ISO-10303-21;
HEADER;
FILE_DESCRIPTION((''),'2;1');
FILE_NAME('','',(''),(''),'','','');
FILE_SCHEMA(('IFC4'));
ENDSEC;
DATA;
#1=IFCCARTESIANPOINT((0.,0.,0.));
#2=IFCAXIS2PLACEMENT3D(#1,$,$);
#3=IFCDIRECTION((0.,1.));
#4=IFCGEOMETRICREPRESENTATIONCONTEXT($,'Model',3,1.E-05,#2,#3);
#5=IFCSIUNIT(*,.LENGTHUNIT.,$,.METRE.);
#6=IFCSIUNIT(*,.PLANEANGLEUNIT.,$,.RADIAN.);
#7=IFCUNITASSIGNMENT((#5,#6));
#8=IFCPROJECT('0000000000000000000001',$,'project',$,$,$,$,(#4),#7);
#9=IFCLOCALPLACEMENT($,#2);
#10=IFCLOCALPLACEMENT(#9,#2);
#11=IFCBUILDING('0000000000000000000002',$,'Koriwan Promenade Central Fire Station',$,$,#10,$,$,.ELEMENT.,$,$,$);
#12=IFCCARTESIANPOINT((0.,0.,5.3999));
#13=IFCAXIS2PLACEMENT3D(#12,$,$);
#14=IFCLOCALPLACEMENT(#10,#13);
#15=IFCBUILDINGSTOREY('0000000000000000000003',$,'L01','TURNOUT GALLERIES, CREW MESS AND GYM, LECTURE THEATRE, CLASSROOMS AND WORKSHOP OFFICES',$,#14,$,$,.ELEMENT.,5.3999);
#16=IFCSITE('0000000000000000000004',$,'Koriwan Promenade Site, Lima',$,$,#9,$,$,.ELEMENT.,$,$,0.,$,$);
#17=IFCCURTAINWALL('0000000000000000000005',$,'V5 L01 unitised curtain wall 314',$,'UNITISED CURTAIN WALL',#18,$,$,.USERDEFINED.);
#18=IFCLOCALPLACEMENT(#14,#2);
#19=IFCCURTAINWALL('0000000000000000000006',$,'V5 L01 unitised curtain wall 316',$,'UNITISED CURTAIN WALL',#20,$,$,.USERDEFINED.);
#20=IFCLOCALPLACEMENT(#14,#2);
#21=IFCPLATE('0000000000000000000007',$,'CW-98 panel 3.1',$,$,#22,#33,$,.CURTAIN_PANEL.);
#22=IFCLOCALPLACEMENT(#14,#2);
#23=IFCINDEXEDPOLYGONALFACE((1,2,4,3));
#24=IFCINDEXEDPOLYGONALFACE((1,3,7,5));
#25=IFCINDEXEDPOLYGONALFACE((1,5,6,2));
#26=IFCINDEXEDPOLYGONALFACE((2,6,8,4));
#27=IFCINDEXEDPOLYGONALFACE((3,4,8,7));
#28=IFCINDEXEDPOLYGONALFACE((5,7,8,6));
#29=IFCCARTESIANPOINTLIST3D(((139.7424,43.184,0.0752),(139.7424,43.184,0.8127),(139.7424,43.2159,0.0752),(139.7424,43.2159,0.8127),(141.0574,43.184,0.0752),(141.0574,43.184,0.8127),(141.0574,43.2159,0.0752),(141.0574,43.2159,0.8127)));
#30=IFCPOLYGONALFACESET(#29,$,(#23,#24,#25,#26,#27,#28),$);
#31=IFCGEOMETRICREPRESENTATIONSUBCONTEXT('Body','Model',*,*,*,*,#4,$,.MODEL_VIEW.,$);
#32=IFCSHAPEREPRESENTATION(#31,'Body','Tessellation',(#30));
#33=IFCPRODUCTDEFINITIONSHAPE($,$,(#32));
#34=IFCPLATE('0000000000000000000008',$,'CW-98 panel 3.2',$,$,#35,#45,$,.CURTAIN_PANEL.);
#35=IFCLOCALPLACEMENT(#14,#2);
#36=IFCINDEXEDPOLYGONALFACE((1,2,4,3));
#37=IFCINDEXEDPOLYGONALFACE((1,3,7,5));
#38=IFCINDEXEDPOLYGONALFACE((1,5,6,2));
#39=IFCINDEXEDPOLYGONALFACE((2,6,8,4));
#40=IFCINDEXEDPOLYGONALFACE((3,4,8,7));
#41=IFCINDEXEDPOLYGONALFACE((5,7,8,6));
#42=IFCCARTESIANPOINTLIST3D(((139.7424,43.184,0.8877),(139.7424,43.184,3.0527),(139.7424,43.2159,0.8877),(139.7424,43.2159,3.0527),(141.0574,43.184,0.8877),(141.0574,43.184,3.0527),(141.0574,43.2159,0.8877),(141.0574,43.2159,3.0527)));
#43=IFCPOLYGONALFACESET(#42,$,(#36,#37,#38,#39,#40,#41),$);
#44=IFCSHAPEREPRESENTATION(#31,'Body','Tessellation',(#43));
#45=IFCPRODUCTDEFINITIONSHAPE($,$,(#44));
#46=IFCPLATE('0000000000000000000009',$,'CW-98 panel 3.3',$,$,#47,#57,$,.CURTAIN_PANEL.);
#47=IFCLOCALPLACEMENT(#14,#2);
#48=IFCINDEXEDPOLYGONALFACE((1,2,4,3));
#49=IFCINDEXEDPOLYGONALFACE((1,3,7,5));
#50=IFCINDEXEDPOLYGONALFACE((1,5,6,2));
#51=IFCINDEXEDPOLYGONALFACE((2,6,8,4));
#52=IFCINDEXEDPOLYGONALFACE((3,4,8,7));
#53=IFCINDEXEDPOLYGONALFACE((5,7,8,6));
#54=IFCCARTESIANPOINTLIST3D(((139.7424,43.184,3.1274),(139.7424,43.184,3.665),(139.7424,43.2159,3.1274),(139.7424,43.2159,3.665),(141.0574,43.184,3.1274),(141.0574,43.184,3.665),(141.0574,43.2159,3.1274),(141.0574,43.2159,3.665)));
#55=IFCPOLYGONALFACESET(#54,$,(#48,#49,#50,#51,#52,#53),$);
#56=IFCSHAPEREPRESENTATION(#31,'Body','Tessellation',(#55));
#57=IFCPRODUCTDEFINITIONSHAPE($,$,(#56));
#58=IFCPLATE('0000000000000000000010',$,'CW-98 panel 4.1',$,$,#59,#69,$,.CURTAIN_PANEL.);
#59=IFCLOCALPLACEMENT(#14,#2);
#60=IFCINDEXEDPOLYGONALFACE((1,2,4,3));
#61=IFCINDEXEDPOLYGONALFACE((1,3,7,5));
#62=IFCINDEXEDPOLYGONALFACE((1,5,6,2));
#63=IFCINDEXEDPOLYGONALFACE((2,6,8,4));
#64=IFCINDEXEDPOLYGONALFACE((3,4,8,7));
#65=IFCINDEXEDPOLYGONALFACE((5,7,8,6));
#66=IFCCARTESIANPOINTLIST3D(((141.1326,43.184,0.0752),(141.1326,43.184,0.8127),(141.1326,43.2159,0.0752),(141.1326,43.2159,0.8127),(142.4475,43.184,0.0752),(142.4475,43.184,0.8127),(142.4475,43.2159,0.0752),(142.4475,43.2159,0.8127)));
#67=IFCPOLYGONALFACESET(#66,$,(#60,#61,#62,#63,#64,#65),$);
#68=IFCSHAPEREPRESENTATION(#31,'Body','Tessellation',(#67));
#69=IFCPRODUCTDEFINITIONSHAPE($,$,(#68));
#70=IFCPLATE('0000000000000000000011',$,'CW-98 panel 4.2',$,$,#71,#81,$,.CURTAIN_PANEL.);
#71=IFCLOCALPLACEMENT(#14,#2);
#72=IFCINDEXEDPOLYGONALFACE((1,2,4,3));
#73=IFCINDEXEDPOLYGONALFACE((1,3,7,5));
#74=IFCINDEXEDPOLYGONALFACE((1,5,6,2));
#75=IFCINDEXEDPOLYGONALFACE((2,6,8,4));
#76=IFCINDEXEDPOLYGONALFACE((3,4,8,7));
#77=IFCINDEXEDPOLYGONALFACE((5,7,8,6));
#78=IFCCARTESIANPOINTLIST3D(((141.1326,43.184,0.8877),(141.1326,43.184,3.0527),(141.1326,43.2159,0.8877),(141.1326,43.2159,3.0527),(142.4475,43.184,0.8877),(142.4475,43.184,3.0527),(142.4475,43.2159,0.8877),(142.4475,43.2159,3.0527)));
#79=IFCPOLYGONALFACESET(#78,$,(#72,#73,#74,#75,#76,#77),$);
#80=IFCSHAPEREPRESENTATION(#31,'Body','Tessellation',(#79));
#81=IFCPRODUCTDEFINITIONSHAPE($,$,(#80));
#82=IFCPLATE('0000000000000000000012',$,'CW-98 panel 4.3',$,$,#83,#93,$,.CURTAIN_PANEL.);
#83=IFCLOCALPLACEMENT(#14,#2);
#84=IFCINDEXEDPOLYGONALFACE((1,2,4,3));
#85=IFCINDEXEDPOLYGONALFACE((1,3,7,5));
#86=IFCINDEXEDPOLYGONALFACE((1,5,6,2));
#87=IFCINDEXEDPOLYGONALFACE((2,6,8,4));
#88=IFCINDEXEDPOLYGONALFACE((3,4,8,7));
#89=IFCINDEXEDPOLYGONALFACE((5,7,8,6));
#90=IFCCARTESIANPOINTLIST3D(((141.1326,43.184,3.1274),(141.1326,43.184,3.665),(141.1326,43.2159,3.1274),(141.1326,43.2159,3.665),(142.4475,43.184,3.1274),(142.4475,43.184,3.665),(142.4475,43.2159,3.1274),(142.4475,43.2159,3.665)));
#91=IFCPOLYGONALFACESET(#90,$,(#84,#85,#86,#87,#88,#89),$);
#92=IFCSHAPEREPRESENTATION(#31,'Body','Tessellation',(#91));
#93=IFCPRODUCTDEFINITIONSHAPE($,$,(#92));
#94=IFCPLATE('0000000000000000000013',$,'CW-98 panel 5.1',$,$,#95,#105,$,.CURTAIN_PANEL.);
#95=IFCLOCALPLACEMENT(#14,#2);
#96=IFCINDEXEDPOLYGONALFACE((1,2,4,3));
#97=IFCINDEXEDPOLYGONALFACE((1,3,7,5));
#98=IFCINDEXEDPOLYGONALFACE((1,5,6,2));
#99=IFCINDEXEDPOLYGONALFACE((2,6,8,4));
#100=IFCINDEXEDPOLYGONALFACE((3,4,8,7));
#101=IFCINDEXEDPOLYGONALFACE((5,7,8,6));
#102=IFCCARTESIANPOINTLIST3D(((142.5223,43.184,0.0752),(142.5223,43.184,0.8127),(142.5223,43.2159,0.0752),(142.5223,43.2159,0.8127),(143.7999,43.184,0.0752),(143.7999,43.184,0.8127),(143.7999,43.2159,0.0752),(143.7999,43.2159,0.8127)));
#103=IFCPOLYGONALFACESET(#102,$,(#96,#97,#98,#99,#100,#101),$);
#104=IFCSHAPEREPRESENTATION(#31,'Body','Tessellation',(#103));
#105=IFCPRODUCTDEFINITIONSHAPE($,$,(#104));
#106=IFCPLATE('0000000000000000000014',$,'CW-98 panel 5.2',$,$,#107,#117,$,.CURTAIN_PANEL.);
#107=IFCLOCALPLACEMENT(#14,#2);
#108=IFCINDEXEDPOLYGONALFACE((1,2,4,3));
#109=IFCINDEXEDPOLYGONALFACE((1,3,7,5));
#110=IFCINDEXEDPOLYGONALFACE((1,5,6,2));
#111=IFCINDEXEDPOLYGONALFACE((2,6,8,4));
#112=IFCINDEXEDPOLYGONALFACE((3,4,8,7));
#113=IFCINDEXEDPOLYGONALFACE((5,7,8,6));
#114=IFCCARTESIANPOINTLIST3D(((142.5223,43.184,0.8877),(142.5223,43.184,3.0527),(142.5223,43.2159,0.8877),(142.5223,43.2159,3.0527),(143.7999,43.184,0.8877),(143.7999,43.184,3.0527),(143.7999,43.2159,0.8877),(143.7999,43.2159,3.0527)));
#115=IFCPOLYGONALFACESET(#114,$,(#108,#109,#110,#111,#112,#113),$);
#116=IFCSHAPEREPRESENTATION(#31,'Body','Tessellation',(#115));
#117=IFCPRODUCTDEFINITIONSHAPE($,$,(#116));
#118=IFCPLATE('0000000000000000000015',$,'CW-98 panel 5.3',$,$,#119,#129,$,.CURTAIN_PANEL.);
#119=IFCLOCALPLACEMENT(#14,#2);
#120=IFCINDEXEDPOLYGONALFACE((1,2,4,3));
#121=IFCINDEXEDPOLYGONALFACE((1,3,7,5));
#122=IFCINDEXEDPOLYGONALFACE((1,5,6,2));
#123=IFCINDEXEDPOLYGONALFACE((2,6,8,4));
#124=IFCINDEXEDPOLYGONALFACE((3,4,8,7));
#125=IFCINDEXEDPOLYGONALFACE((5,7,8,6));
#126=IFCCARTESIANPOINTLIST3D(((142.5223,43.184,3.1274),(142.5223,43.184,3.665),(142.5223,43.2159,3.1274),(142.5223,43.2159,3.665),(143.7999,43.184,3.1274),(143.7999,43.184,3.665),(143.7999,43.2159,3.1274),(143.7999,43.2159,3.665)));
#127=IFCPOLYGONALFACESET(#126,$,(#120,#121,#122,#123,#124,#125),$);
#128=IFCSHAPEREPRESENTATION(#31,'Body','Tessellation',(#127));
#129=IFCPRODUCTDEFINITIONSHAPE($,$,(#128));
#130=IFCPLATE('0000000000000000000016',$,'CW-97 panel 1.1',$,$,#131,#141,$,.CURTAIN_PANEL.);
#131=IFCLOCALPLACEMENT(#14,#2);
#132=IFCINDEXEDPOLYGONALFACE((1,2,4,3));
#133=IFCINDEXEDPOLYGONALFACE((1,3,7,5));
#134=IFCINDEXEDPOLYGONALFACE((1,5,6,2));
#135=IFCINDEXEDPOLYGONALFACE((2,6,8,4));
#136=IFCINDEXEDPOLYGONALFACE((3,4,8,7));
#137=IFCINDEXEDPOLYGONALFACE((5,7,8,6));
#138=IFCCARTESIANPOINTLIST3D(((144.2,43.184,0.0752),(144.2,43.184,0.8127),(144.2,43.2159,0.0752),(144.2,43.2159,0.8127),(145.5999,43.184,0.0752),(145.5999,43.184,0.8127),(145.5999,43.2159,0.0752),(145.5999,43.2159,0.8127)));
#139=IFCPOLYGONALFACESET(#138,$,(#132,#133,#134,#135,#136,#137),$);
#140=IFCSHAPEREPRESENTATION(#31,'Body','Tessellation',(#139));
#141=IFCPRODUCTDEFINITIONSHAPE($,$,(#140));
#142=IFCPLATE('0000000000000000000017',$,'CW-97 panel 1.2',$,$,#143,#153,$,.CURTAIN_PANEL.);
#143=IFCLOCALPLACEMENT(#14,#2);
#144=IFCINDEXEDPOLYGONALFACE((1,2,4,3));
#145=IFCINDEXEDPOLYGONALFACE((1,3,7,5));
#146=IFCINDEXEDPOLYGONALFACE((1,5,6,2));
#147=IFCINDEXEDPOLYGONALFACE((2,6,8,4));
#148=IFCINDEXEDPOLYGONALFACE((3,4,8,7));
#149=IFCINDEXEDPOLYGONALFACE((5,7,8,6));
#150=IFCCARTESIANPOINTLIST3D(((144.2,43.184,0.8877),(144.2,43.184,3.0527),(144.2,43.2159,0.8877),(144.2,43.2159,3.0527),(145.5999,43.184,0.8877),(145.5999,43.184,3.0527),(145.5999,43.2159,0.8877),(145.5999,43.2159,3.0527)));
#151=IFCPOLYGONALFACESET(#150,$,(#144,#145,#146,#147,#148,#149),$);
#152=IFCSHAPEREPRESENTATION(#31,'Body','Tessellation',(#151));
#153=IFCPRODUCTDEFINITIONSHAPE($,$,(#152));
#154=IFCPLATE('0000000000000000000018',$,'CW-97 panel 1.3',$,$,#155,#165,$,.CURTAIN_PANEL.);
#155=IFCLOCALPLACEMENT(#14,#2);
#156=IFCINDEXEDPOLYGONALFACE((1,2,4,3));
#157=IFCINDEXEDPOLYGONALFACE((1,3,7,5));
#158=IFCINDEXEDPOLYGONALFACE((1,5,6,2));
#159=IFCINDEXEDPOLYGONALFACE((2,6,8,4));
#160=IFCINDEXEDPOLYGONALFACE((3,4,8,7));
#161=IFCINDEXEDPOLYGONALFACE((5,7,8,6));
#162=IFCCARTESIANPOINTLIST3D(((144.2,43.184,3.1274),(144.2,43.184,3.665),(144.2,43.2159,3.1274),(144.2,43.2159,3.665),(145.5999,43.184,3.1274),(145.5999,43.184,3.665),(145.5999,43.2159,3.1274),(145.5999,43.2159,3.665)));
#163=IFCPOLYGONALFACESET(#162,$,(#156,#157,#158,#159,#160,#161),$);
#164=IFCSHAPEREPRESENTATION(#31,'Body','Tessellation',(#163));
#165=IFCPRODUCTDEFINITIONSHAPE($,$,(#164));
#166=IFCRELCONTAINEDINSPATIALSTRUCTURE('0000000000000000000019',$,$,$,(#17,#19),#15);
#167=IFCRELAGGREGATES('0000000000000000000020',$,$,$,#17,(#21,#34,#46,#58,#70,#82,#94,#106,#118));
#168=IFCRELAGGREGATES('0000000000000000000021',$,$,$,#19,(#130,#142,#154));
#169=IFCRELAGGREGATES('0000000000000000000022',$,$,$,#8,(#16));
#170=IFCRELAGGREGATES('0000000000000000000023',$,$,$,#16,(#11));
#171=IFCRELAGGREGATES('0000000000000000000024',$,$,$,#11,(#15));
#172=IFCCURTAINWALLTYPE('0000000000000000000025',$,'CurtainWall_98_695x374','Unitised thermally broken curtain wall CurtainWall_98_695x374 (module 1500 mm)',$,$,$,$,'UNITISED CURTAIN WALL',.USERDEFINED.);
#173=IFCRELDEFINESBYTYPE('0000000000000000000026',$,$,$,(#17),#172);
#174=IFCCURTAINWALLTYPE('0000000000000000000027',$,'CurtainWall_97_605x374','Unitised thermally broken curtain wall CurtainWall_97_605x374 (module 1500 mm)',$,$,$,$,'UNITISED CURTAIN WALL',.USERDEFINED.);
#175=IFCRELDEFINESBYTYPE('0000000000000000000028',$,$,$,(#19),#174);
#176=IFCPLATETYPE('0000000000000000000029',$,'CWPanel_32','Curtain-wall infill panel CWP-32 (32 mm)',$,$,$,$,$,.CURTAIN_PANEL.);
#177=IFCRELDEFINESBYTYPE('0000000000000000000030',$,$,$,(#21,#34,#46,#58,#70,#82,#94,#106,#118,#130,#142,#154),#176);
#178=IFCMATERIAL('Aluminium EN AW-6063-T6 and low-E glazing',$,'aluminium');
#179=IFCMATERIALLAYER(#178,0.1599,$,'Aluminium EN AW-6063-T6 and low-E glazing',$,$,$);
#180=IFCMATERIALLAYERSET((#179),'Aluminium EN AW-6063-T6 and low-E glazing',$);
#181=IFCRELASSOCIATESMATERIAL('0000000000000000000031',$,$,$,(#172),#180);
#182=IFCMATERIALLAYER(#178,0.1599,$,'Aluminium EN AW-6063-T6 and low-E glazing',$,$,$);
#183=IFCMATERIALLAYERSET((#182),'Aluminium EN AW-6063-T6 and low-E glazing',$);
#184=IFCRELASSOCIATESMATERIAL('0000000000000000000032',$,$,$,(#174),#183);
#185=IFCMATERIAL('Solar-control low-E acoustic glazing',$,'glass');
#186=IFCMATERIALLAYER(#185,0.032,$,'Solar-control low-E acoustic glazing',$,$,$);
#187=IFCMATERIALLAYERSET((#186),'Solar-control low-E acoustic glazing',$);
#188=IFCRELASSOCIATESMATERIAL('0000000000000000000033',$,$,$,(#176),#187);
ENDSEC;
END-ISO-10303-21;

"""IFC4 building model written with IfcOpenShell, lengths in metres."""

from ifc_helpers import new_model, si_unit, direction, frame, origin, origin_2d, place, context, subcontext, project, spatial, rectangle, extrude, material, layer, layer_set, type_object, element, aggregate, save


model = new_model("IFC4")

# Units and contexts
model_context = context("Model", 3, precision=1e-05, world=origin(), true_north=direction((0.0, 1.0)))
body_context = subcontext(model_context, "Body", "Model", "MODEL_VIEW")
ifc_project = project(units=[si_unit("LENGTHUNIT", "METRE"), si_unit("PLANEANGLEUNIT", "RADIAN")], contexts=[model_context])

# Site, building, storey
site_placement = place(None, origin())
site = spatial("IfcSite", under=ifc_project, at=site_placement, Name="Koriwan Promenade Site, Lima", CompositionType="ELEMENT", RefElevation=0.0)
building_placement = place(site_placement, origin())
building = spatial("IfcBuilding", under=site, at=building_placement, Name="Koriwan Promenade Central Fire Station", CompositionType="ELEMENT")
storey_placement = place(building_placement, frame((0.0, 0.0, 5.3999)))
storey = spatial("IfcBuildingStorey", under=building, at=storey_placement, Name="L01", Description="TURNOUT GALLERIES, CREW MESS AND GYM, LECTURE THEATRE, CLASSROOMS AND WORKSHOP OFFICES", CompositionType="ELEMENT", Elevation=5.3999)

# Curtain wall
ifc_material_1 = material(Name="Aluminium EN AW-6063-T6 and low-E glazing", Category="aluminium")
ifc_layer_1 = layer(ifc_material_1, 0.1599, Name="Aluminium EN AW-6063-T6 and low-E glazing")
ifc_layer_set_1 = layer_set([ifc_layer_1], Name="Aluminium EN AW-6063-T6 and low-E glazing")
curtain_wall_type_1 = type_object("IfcCurtainWallType", Name="CurtainWall_98_695x374", Description="Unitised thermally broken curtain wall CurtainWall_98_695x374 (module 1500 mm)", ElementType="UNITISED CURTAIN WALL", PredefinedType="USERDEFINED", material=ifc_layer_set_1)
curtain_wall_1_placement = place(storey_placement, origin())
curtain_wall_1 = element("IfcCurtainWall", 1, at=curtain_wall_1_placement, inside=storey, type_object=curtain_wall_type_1, Name="V5 L01 unitised curtain wall 314", ObjectType="UNITISED CURTAIN WALL", PredefinedType="USERDEFINED")

# Curtain wall
ifc_layer_2 = layer(ifc_material_1, 0.1599, Name="Aluminium EN AW-6063-T6 and low-E glazing")
ifc_layer_set_2 = layer_set([ifc_layer_2], Name="Aluminium EN AW-6063-T6 and low-E glazing")
curtain_wall_type_2 = type_object("IfcCurtainWallType", Name="CurtainWall_97_605x374", Description="Unitised thermally broken curtain wall CurtainWall_97_605x374 (module 1500 mm)", ElementType="UNITISED CURTAIN WALL", PredefinedType="USERDEFINED", material=ifc_layer_set_2)
curtain_wall_2_placement = place(storey_placement, origin())
curtain_wall_2 = element("IfcCurtainWall", 2, at=curtain_wall_2_placement, inside=storey, type_object=curtain_wall_type_2, Name="V5 L01 unitised curtain wall 316", ObjectType="UNITISED CURTAIN WALL", PredefinedType="USERDEFINED")

# Plates
ifc_material_2 = material(Name="Solar-control low-E acoustic glazing", Category="glass")
ifc_layer_3 = layer(ifc_material_2, 0.032, Name="Solar-control low-E acoustic glazing")
ifc_layer_set_3 = layer_set([ifc_layer_3], Name="Solar-control low-E acoustic glazing")
plate_type = type_object("IfcPlateType", Name="CWPanel_32", Description="Curtain-wall infill panel CWP-32 (32 mm)", PredefinedType="CURTAIN_PANEL", material=ifc_layer_set_3)
plate_1_placement = place(storey_placement, frame((140.3999, 43.2, 0.0752), z_axis=(0.0, 0.0, 1.0), x_axis=(1.0, 0.0, 0.0)))
plate_1 = element("IfcPlate", 3, at=plate_1_placement, type_object=plate_type, Name="CW-98 panel 3.1", PredefinedType="CURTAIN_PANEL", context=body_context, shape_type="SweptSolid", body=[
    extrude(rectangle(XDim=1.3149, YDim=0.032, at=origin_2d()), origin(), (0.0, 0.0, 1.0), 0.7375),
])
plate_2_placement = place(storey_placement, frame((140.3999, 43.2, 0.8877), z_axis=(0.0, 0.0, 1.0), x_axis=(1.0, 0.0, 0.0)))
plate_2 = element("IfcPlate", 4, at=plate_2_placement, type_object=plate_type, Name="CW-98 panel 3.2", PredefinedType="CURTAIN_PANEL", context=body_context, shape_type="SweptSolid", body=[
    extrude(rectangle(XDim=1.3149, YDim=0.032, at=origin_2d()), origin(), (0.0, 0.0, 1.0), 2.165),
])
plate_3_placement = place(storey_placement, frame((140.3999, 43.2, 3.1274), z_axis=(0.0, 0.0, 1.0), x_axis=(1.0, 0.0, 0.0)))
plate_3 = element("IfcPlate", 5, at=plate_3_placement, type_object=plate_type, Name="CW-98 panel 3.3", PredefinedType="CURTAIN_PANEL", context=body_context, shape_type="SweptSolid", body=[
    extrude(rectangle(XDim=1.3149, YDim=0.032, at=origin_2d()), origin(), (0.0, 0.0, 1.0), 0.5376),
])
plate_4_placement = place(storey_placement, frame((141.79, 43.2, 0.0752), z_axis=(0.0, 0.0, 1.0), x_axis=(1.0, 0.0, 0.0)))
plate_4 = element("IfcPlate", 6, at=plate_4_placement, type_object=plate_type, Name="CW-98 panel 4.1", PredefinedType="CURTAIN_PANEL", context=body_context, shape_type="SweptSolid", body=[
    extrude(rectangle(XDim=1.3149, YDim=0.032, at=origin_2d()), origin(), (0.0, 0.0, 1.0), 0.7375),
])
plate_5_placement = place(storey_placement, frame((141.79, 43.2, 0.8877), z_axis=(0.0, 0.0, 1.0), x_axis=(1.0, 0.0, 0.0)))
plate_5 = element("IfcPlate", 7, at=plate_5_placement, type_object=plate_type, Name="CW-98 panel 4.2", PredefinedType="CURTAIN_PANEL", context=body_context, shape_type="SweptSolid", body=[
    extrude(rectangle(XDim=1.3149, YDim=0.032, at=origin_2d()), origin(), (0.0, 0.0, 1.0), 2.165),
])
plate_6_placement = place(storey_placement, frame((141.79, 43.2, 3.1274), z_axis=(0.0, 0.0, 1.0), x_axis=(1.0, 0.0, 0.0)))
plate_6 = element("IfcPlate", 8, at=plate_6_placement, type_object=plate_type, Name="CW-98 panel 4.3", PredefinedType="CURTAIN_PANEL", context=body_context, shape_type="SweptSolid", body=[
    extrude(rectangle(XDim=1.3149, YDim=0.032, at=origin_2d()), origin(), (0.0, 0.0, 1.0), 0.5376),
])
plate_7_placement = place(storey_placement, frame((143.1611, 43.2, 0.0752), z_axis=(0.0, 0.0, 1.0), x_axis=(1.0, 0.0, 0.0)))
plate_7 = element("IfcPlate", 9, at=plate_7_placement, type_object=plate_type, Name="CW-98 panel 5.1", PredefinedType="CURTAIN_PANEL", context=body_context, shape_type="SweptSolid", body=[
    extrude(rectangle(XDim=1.2776, YDim=0.032, at=origin_2d()), origin(), (0.0, 0.0, 1.0), 0.7375),
])
plate_8_placement = place(storey_placement, frame((143.1611, 43.2, 0.8877), z_axis=(0.0, 0.0, 1.0), x_axis=(1.0, 0.0, 0.0)))
plate_8 = element("IfcPlate", 10, at=plate_8_placement, type_object=plate_type, Name="CW-98 panel 5.2", PredefinedType="CURTAIN_PANEL", context=body_context, shape_type="SweptSolid", body=[
    extrude(rectangle(XDim=1.2776, YDim=0.032, at=origin_2d()), origin(), (0.0, 0.0, 1.0), 2.165),
])
plate_9_placement = place(storey_placement, frame((143.1611, 43.2, 3.1274), z_axis=(0.0, 0.0, 1.0), x_axis=(1.0, 0.0, 0.0)))
plate_9 = element("IfcPlate", 11, at=plate_9_placement, type_object=plate_type, Name="CW-98 panel 5.3", PredefinedType="CURTAIN_PANEL", context=body_context, shape_type="SweptSolid", body=[
    extrude(rectangle(XDim=1.2776, YDim=0.032, at=origin_2d()), origin(), (0.0, 0.0, 1.0), 0.5376),
])
aggregate(curtain_wall_1, [plate_1, plate_2, plate_3, plate_4, plate_5, plate_6, plate_7, plate_8, plate_9])
plate_10_placement = place(storey_placement, frame((144.8999, 43.2, 0.0752), z_axis=(0.0, 0.0, 1.0), x_axis=(1.0, 0.0, 0.0)))
plate_10 = element("IfcPlate", 12, at=plate_10_placement, type_object=plate_type, Name="CW-97 panel 1.1", PredefinedType="CURTAIN_PANEL", context=body_context, shape_type="SweptSolid", body=[
    extrude(rectangle(XDim=1.3999, YDim=0.032, at=origin_2d()), origin(), (0.0, 0.0, 1.0), 0.7375),
])
plate_11_placement = place(storey_placement, frame((144.8999, 43.2, 0.8877), z_axis=(0.0, 0.0, 1.0), x_axis=(1.0, 0.0, 0.0)))
plate_11 = element("IfcPlate", 13, at=plate_11_placement, type_object=plate_type, Name="CW-97 panel 1.2", PredefinedType="CURTAIN_PANEL", context=body_context, shape_type="SweptSolid", body=[
    extrude(rectangle(XDim=1.3999, YDim=0.032, at=origin_2d()), origin(), (0.0, 0.0, 1.0), 2.165),
])
plate_12_placement = place(storey_placement, frame((144.8999, 43.2, 3.1274), z_axis=(0.0, 0.0, 1.0), x_axis=(1.0, 0.0, 0.0)))
plate_12 = element("IfcPlate", 14, at=plate_12_placement, type_object=plate_type, Name="CW-97 panel 1.3", PredefinedType="CURTAIN_PANEL", context=body_context, shape_type="SweptSolid", body=[
    extrude(rectangle(XDim=1.3999, YDim=0.032, at=origin_2d()), origin(), (0.0, 0.0, 1.0), 0.5376),
])
aggregate(curtain_wall_2, [plate_10, plate_11, plate_12])

save(model, "model.ifc")
